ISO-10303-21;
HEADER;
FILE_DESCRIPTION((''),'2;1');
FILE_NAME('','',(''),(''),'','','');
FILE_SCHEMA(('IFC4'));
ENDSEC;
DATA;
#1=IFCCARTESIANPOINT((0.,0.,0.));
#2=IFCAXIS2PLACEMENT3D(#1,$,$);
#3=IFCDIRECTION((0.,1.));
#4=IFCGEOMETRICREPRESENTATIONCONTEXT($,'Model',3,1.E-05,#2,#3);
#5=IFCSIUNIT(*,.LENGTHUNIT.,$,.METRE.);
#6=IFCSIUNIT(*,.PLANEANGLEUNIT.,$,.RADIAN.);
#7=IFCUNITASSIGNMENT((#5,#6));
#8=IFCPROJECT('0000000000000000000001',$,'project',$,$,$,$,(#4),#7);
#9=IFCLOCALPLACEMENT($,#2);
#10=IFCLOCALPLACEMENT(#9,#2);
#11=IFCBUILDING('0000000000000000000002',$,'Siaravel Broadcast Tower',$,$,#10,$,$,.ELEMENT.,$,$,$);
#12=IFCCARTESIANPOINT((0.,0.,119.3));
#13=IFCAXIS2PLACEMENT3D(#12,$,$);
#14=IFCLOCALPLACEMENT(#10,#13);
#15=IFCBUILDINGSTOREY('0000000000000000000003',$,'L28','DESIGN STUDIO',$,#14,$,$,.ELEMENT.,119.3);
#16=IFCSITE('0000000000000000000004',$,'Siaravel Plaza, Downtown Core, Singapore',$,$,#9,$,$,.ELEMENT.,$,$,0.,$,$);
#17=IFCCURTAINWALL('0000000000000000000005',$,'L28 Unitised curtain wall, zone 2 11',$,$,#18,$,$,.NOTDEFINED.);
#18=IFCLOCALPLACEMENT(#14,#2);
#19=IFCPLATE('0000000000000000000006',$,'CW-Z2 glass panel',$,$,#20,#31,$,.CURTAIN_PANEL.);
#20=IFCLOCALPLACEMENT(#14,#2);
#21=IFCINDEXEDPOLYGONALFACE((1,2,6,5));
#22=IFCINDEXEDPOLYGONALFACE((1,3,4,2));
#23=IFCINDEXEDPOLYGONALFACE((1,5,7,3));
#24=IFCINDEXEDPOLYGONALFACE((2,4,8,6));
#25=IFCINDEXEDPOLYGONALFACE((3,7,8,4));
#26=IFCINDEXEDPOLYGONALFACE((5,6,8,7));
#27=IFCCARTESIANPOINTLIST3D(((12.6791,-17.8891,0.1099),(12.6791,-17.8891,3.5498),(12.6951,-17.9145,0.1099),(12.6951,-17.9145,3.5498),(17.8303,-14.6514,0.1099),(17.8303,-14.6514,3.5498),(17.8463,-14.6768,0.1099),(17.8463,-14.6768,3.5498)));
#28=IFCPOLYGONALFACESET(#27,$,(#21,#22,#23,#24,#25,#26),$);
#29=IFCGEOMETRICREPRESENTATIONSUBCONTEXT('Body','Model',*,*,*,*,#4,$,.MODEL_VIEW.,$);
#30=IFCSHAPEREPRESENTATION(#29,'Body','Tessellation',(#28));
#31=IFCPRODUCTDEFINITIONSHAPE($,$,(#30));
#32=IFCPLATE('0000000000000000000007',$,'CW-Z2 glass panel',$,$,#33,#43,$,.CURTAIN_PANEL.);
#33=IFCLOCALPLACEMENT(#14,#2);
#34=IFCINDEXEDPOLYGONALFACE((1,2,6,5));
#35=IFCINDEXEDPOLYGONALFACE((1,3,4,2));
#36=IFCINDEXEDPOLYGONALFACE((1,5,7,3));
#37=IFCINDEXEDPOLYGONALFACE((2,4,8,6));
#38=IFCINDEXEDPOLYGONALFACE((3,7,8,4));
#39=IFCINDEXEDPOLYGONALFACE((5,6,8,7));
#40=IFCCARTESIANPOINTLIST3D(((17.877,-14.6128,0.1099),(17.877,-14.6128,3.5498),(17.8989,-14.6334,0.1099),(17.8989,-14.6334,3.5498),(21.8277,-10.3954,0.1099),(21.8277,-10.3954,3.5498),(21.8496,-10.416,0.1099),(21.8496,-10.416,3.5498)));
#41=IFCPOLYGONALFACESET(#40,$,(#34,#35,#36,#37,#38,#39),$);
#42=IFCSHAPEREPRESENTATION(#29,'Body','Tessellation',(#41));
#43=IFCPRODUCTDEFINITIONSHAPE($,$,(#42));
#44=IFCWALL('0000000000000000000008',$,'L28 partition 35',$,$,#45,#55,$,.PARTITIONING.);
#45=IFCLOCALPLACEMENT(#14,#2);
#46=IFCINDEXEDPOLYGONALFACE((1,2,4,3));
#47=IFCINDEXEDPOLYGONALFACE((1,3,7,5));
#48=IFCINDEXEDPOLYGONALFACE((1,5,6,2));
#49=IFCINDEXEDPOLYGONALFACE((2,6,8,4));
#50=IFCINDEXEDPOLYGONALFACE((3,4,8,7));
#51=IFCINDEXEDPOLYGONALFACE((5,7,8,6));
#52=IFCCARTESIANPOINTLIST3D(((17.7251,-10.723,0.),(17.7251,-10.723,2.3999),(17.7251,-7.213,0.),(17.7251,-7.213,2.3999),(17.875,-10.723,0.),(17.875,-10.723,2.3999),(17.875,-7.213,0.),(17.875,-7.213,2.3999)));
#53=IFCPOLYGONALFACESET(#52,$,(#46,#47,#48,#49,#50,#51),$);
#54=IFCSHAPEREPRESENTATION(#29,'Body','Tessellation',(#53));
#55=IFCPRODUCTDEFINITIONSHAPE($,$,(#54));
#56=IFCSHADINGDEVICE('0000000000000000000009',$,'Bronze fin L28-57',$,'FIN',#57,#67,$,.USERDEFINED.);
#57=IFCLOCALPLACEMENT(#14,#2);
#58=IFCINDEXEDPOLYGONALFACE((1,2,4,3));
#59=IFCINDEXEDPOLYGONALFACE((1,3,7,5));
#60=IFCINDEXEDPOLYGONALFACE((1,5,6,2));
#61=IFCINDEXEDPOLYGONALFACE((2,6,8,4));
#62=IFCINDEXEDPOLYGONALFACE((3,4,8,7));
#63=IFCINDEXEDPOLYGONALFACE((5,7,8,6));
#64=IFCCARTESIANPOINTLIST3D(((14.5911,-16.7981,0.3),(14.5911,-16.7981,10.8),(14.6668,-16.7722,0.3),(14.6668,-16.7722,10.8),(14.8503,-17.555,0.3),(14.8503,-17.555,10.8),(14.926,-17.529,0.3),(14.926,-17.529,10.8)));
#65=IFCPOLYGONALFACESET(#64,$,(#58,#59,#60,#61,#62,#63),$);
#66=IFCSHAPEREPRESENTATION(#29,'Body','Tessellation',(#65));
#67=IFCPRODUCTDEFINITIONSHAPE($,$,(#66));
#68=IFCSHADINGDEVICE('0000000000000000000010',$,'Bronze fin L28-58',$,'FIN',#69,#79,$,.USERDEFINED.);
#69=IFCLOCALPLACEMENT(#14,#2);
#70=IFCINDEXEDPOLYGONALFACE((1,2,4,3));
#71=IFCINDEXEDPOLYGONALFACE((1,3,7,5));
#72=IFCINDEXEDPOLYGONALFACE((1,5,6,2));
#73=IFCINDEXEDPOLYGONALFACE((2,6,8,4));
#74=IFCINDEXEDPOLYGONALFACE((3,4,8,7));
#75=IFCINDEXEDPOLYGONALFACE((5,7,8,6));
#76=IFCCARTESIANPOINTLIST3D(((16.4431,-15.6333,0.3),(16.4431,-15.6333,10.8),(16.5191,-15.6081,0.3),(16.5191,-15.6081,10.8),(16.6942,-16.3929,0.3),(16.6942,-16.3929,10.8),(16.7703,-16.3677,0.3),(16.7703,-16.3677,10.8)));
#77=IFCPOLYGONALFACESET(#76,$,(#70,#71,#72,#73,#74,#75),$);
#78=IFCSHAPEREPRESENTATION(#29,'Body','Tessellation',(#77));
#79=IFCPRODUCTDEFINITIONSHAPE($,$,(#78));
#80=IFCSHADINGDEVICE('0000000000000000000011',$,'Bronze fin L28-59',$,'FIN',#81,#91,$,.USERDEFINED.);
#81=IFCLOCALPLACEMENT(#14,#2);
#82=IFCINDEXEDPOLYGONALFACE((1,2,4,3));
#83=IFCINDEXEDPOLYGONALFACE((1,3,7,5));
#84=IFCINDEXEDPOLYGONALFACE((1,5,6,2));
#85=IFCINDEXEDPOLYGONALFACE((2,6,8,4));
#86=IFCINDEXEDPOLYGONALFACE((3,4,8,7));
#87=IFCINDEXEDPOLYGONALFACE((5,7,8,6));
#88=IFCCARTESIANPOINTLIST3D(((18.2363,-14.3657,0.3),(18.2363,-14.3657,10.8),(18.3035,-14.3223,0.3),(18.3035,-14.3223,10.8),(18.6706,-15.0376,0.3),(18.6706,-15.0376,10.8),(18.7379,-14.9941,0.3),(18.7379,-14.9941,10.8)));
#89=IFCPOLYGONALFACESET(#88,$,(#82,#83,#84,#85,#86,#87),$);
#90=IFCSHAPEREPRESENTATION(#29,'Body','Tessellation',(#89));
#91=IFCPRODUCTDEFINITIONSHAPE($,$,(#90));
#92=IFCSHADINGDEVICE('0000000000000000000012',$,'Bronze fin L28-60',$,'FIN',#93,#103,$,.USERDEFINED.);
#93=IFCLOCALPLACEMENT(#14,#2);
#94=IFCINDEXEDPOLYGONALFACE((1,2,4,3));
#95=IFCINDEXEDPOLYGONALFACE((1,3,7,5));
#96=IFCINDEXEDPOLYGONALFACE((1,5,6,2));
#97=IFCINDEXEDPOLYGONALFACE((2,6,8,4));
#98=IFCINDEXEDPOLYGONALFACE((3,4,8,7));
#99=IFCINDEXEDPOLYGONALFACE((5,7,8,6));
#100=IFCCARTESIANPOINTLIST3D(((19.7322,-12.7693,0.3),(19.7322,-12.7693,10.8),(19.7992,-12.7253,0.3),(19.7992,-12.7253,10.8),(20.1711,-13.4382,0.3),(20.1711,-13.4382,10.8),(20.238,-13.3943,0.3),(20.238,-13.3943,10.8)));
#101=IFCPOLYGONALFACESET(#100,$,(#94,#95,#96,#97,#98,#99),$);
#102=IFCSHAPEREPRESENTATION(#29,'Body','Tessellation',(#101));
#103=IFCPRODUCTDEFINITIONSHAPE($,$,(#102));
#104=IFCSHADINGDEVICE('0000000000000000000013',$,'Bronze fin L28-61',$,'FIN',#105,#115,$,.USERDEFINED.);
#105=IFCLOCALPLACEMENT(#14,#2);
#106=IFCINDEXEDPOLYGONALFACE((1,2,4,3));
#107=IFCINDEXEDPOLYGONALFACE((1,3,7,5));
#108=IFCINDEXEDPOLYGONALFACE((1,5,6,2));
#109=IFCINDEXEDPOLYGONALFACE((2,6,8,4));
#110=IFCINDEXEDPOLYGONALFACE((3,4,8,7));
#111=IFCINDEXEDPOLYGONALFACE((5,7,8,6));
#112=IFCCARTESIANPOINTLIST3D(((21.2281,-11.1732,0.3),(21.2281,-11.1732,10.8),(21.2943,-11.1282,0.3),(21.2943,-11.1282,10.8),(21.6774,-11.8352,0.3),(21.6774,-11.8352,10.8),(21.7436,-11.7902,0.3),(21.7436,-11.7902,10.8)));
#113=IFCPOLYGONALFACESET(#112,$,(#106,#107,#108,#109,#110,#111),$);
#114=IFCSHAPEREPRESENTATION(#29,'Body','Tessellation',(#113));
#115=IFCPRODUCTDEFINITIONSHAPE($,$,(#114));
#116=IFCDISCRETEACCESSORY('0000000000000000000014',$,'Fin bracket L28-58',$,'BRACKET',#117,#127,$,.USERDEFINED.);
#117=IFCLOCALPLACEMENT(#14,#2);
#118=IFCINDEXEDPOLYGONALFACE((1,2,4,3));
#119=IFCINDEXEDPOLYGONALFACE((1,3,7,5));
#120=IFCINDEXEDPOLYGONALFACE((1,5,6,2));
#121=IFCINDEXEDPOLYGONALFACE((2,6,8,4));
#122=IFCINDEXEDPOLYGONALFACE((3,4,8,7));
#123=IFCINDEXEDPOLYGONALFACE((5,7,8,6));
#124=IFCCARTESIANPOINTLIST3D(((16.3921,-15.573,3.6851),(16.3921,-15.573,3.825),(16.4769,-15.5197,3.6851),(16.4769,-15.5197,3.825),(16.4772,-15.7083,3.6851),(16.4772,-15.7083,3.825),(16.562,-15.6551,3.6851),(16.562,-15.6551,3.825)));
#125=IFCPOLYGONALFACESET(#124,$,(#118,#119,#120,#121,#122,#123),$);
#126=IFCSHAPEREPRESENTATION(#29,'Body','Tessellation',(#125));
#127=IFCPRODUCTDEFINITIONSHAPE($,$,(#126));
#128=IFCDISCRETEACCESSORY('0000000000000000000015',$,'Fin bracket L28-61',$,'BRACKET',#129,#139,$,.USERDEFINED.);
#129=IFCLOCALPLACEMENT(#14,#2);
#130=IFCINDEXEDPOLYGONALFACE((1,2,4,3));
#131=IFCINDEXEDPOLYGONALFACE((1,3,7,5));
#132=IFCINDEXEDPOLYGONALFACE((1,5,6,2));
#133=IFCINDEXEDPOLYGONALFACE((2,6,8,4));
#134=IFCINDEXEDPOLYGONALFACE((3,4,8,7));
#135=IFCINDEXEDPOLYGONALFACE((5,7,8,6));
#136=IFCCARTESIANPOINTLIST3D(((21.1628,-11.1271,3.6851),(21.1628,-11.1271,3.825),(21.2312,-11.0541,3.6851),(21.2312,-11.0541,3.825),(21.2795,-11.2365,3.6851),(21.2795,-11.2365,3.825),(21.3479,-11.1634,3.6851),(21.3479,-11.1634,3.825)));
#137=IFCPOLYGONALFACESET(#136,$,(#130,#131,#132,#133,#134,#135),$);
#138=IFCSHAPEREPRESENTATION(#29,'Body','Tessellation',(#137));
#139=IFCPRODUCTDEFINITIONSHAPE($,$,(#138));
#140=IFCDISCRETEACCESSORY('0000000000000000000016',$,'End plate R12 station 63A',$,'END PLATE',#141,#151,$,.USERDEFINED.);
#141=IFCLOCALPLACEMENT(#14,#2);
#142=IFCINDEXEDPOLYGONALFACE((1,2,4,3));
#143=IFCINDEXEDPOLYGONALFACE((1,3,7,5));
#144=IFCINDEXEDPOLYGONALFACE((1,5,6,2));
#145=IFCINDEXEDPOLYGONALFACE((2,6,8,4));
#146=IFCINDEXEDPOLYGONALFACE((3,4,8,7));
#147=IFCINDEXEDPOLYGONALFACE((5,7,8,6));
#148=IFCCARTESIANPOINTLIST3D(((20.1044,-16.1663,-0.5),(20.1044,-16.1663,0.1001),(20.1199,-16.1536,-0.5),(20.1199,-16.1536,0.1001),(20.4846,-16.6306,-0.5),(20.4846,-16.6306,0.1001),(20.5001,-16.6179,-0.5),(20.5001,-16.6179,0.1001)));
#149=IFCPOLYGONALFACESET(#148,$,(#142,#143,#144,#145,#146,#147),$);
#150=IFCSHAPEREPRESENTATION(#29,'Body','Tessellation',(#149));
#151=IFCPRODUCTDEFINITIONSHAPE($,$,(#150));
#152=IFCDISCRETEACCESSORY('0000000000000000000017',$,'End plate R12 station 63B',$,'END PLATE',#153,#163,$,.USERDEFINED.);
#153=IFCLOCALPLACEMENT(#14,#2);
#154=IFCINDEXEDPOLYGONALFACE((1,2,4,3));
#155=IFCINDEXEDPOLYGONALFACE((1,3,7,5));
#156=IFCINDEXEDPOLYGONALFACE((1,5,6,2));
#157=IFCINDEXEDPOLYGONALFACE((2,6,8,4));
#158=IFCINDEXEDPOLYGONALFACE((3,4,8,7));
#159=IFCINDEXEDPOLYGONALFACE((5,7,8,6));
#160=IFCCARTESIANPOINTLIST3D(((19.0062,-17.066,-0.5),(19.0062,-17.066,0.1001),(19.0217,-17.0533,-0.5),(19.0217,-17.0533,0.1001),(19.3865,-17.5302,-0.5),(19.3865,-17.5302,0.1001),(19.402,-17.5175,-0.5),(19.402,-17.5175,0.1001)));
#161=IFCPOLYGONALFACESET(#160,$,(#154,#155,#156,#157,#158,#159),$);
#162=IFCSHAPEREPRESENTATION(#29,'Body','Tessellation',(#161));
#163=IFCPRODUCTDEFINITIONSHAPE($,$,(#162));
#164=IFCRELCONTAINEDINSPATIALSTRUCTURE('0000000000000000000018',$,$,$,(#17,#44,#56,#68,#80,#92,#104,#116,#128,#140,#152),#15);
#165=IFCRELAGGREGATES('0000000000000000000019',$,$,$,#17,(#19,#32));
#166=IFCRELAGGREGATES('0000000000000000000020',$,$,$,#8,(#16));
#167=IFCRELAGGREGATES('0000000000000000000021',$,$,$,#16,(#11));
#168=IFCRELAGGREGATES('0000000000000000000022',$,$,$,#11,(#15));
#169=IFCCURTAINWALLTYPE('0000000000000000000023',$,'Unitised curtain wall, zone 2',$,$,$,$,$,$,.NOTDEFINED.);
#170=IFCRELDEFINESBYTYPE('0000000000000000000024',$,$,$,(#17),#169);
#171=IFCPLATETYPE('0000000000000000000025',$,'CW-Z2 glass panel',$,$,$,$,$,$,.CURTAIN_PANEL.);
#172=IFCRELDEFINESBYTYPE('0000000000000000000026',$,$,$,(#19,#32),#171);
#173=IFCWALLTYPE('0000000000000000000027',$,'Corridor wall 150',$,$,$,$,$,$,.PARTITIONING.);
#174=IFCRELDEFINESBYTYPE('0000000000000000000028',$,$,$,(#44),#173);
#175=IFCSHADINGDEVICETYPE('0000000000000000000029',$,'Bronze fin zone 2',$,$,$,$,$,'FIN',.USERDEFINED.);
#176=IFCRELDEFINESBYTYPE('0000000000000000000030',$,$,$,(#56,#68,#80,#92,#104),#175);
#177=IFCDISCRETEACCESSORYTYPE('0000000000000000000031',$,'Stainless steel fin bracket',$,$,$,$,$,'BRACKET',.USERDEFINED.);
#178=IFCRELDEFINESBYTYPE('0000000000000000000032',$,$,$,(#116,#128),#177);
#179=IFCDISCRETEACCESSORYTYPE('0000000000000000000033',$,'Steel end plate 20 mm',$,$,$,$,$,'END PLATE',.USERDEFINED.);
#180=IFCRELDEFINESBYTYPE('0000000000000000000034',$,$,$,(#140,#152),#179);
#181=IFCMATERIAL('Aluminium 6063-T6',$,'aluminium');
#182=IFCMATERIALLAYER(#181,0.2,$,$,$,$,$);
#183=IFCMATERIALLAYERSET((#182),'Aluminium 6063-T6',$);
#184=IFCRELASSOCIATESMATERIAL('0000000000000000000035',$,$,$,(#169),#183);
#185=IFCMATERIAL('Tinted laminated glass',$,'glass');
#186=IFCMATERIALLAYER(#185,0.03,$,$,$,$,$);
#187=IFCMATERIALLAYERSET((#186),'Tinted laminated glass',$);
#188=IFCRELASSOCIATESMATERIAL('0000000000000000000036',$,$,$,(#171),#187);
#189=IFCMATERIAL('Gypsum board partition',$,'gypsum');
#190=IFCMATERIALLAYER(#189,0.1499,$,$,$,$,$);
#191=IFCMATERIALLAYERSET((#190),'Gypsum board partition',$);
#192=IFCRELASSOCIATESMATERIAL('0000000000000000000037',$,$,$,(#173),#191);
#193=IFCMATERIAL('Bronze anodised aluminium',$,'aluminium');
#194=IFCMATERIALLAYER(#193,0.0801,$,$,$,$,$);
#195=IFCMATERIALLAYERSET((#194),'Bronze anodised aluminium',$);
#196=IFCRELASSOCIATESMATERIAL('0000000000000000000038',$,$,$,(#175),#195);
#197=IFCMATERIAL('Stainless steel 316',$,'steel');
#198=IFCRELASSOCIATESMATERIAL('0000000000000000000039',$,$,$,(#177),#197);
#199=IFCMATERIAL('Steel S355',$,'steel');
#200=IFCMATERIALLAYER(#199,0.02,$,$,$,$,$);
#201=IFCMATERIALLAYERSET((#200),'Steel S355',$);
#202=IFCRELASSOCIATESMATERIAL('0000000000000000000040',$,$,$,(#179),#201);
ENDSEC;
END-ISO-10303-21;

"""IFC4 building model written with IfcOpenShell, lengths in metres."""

from ifc_helpers import new_model, si_unit, direction, frame, frame_2d, origin, origin_2d, place, context, subcontext, project, spatial, rectangle, extrude, material, layer, layer_set, type_object, element, aggregate, save


model = new_model("IFC4")

# Units and contexts
model_context = context("Model", 3, precision=1e-05, world=origin(), true_north=direction((0.0, 1.0)))
body_context = subcontext(model_context, "Body", "Model", "MODEL_VIEW")
ifc_project = project(units=[si_unit("LENGTHUNIT", "METRE"), si_unit("PLANEANGLEUNIT", "RADIAN")], contexts=[model_context])

# Site, building, storey
site_placement = place(None, origin())
site = spatial("IfcSite", under=ifc_project, at=site_placement, Name="Siaravel Plaza, Downtown Core, Singapore", CompositionType="ELEMENT", RefElevation=0.0)
building_placement = place(site_placement, origin())
building = spatial("IfcBuilding", under=site, at=building_placement, Name="Siaravel Broadcast Tower", CompositionType="ELEMENT")
storey_placement = place(building_placement, frame((0.0, 0.0, 119.3)))
storey = spatial("IfcBuildingStorey", under=building, at=storey_placement, Name="L28", Description="DESIGN STUDIO", CompositionType="ELEMENT", Elevation=119.3)

# Shared definitions
ifc_material_1 = material(Name="Steel S355", Category="steel")

# Curtain wall
ifc_material_2 = material(Name="Aluminium 6063-T6", Category="aluminium")
ifc_layer_1 = layer(ifc_material_2, 0.2)
ifc_layer_set_1 = layer_set([ifc_layer_1], Name="Aluminium 6063-T6")
curtain_wall_type = type_object("IfcCurtainWallType", Name="Unitised curtain wall, zone 2", PredefinedType="NOTDEFINED", material=ifc_layer_set_1)
curtain_wall_1_placement = place(storey_placement, origin())
curtain_wall_1 = element("IfcCurtainWall", 1, at=curtain_wall_1_placement, inside=storey, type_object=curtain_wall_type, Name="L28 Unitised curtain wall, zone 2 11", PredefinedType="NOTDEFINED")

# Plates
ifc_material_3 = material(Name="Tinted laminated glass", Category="glass")
ifc_layer_2 = layer(ifc_material_3, 0.03)
ifc_layer_set_2 = layer_set([ifc_layer_2], Name="Tinted laminated glass")
plate_type = type_object("IfcPlateType", Name="CW-Z2 glass panel", PredefinedType="CURTAIN_PANEL", material=ifc_layer_set_2)
plate_1_placement = place(storey_placement, frame((15.2627, -16.283, 0.1099), z_axis=(0.0, 0.0, 1.0), x_axis=(0.846651, 0.532149, 0.0)))
plate_1 = element("IfcPlate", 2, at=plate_1_placement, type_object=plate_type, Name="CW-Z2 glass panel", PredefinedType="CURTAIN_PANEL", context=body_context, shape_type="SweptSolid", body=[
    extrude(rectangle(XDim=6.0842, YDim=0.03, at=origin_2d()), origin(), (0.0, 0.0, 1.0), 3.4399),
])
plate_2_placement = place(storey_placement, frame((19.8633, -12.5144, 0.1099), z_axis=(0.0, 0.0, 1.0), x_axis=(0.683655, 0.729805, 0.0)))
plate_2 = element("IfcPlate", 3, at=plate_2_placement, type_object=plate_type, Name="CW-Z2 glass panel", PredefinedType="CURTAIN_PANEL", context=body_context, shape_type="SweptSolid", body=[
    extrude(rectangle(XDim=5.7788, YDim=0.03, at=origin_2d()), origin(), (0.0, 0.0, 1.0), 3.4399),
])
aggregate(curtain_wall_1, [plate_1, plate_2])

# Wall
ifc_material_4 = material(Name="Gypsum board partition", Category="gypsum")
ifc_layer_3 = layer(ifc_material_4, 0.1499)
ifc_layer_set_3 = layer_set([ifc_layer_3], Name="Gypsum board partition")
wall_type = type_object("IfcWallType", Name="Corridor wall 150", PredefinedType="PARTITIONING", material=ifc_layer_set_3)
wall_placement = place(storey_placement, frame((17.8, -10.7229, 0.0), z_axis=(0.0, 0.0, 1.0), x_axis=(0.0, 1.0, 0.0)))
element("IfcWall", 4, at=wall_placement, inside=storey, type_object=wall_type, Name="L28 partition 35", PredefinedType="PARTITIONING", context=body_context, shape_type="SweptSolid", body=[
    extrude(rectangle(XDim=3.51, YDim=0.1499, at=frame_2d((1.7549, 0.0))), origin(), (0.0, 0.0, 1.0), 2.3999),
])

# Shading devices
ifc_material_5 = material(Name="Bronze anodised aluminium", Category="aluminium")
ifc_layer_4 = layer(ifc_material_5, 0.0801)
ifc_layer_set_4 = layer_set([ifc_layer_4], Name="Bronze anodised aluminium")
shading_device_type = type_object("IfcShadingDeviceType", Name="Bronze fin zone 2", ElementType="FIN", PredefinedType="USERDEFINED", material=ifc_layer_set_4)
for number, where, z_axis, x_axis, name in (
    (5, (14.7585, -17.1636, 0.3), (0.0, 0.0, 1.0), (0.323992, -0.94606, 0.0), "Bronze fin L28-57"),
    (6, (16.6067, -16.0005, 0.3), (0.0, 0.0, 1.0), (0.313903, -0.949455, 0.0), "Bronze fin L28-58"),
    (7, (18.4871, -14.6799, 0.3), (0.0, 0.0, 1.0), (0.542925, -0.839781, 0.0), "Bronze fin L28-59"),
    (8, (19.9851, -13.0818, 0.3), (0.0, 0.0, 1.0), (0.548521, -0.836137, 0.0), "Bronze fin L28-60"),
    (9, (21.4858, -11.4817, 0.3), (0.0, 0.0, 1.0), (0.561616, -0.827398, 0.0), "Bronze fin L28-61"),
):
    element("IfcShadingDevice", number, at=place(storey_placement, frame(where, z_axis=z_axis, x_axis=x_axis)), inside=storey, type_object=shading_device_type, Name=name, ObjectType="FIN", PredefinedType="USERDEFINED", context=body_context, shape_type="SweptSolid", body=[
        extrude(rectangle(XDim=0.8, YDim=0.0801, at=origin_2d()), origin(), (0.0, 0.0, 1.0), 10.5),
    ])

# Discrete accessories
ifc_material_6 = material(Name="Stainless steel 316", Category="steel")
discrete_accessory_type_1 = type_object("IfcDiscreteAccessoryType", Name="Stainless steel fin bracket", ElementType="BRACKET", PredefinedType="USERDEFINED", material=ifc_material_6)
for number, where, z_axis, x_axis, name in (
    (10, (16.4771, -15.614, 3.6851), (0.0, 0.0, 1.0), (0.532149, -0.84665, 0.0), "Fin bracket L28-58"),
    (11, (21.2554, -11.1453, 3.6851), (0.0, 0.0, 1.0), (0.729806, -0.683655, 0.0), "Fin bracket L28-61"),
):
    element("IfcDiscreteAccessory", number, at=place(storey_placement, frame(where, z_axis=z_axis, x_axis=x_axis)), inside=storey, type_object=discrete_accessory_type_1, Name=name, ObjectType="BRACKET", PredefinedType="USERDEFINED", context=body_context, shape_type="SweptSolid", body=[
        extrude(rectangle(XDim=0.1599, YDim=0.1001, at=origin_2d()), origin(), (0.0, 0.0, 1.0), 0.1399),
    ])
ifc_layer_5 = layer(ifc_material_1, 0.02)
ifc_layer_set_5 = layer_set([ifc_layer_5], Name="Steel S355")
discrete_accessory_type_2 = type_object("IfcDiscreteAccessoryType", Name="Steel end plate 20 mm", ElementType="END PLATE", PredefinedType="USERDEFINED", material=ifc_layer_set_5)
for number, where, z_axis, x_axis, name in (
    (12, (20.3022, -16.3921, -0.5), (0.0, 0.0, 1.0), (0.773605, 0.633669, 0.0), "End plate R12 station 63A"),
    (13, (19.2041, -17.2917, -0.5), (0.0, 0.0, 1.0), (0.773605, 0.633669, 0.0), "End plate R12 station 63B"),
):
    element("IfcDiscreteAccessory", number, at=place(storey_placement, frame(where, z_axis=z_axis, x_axis=x_axis)), inside=storey, type_object=discrete_accessory_type_2, Name=name, ObjectType="END PLATE", PredefinedType="USERDEFINED", context=body_context, shape_type="SweptSolid", body=[
        extrude(rectangle(XDim=0.02, YDim=0.6001, at=origin_2d()), origin(), (0.0, 0.0, 1.0), 0.6001),
    ])

save(model, "model.ifc")
